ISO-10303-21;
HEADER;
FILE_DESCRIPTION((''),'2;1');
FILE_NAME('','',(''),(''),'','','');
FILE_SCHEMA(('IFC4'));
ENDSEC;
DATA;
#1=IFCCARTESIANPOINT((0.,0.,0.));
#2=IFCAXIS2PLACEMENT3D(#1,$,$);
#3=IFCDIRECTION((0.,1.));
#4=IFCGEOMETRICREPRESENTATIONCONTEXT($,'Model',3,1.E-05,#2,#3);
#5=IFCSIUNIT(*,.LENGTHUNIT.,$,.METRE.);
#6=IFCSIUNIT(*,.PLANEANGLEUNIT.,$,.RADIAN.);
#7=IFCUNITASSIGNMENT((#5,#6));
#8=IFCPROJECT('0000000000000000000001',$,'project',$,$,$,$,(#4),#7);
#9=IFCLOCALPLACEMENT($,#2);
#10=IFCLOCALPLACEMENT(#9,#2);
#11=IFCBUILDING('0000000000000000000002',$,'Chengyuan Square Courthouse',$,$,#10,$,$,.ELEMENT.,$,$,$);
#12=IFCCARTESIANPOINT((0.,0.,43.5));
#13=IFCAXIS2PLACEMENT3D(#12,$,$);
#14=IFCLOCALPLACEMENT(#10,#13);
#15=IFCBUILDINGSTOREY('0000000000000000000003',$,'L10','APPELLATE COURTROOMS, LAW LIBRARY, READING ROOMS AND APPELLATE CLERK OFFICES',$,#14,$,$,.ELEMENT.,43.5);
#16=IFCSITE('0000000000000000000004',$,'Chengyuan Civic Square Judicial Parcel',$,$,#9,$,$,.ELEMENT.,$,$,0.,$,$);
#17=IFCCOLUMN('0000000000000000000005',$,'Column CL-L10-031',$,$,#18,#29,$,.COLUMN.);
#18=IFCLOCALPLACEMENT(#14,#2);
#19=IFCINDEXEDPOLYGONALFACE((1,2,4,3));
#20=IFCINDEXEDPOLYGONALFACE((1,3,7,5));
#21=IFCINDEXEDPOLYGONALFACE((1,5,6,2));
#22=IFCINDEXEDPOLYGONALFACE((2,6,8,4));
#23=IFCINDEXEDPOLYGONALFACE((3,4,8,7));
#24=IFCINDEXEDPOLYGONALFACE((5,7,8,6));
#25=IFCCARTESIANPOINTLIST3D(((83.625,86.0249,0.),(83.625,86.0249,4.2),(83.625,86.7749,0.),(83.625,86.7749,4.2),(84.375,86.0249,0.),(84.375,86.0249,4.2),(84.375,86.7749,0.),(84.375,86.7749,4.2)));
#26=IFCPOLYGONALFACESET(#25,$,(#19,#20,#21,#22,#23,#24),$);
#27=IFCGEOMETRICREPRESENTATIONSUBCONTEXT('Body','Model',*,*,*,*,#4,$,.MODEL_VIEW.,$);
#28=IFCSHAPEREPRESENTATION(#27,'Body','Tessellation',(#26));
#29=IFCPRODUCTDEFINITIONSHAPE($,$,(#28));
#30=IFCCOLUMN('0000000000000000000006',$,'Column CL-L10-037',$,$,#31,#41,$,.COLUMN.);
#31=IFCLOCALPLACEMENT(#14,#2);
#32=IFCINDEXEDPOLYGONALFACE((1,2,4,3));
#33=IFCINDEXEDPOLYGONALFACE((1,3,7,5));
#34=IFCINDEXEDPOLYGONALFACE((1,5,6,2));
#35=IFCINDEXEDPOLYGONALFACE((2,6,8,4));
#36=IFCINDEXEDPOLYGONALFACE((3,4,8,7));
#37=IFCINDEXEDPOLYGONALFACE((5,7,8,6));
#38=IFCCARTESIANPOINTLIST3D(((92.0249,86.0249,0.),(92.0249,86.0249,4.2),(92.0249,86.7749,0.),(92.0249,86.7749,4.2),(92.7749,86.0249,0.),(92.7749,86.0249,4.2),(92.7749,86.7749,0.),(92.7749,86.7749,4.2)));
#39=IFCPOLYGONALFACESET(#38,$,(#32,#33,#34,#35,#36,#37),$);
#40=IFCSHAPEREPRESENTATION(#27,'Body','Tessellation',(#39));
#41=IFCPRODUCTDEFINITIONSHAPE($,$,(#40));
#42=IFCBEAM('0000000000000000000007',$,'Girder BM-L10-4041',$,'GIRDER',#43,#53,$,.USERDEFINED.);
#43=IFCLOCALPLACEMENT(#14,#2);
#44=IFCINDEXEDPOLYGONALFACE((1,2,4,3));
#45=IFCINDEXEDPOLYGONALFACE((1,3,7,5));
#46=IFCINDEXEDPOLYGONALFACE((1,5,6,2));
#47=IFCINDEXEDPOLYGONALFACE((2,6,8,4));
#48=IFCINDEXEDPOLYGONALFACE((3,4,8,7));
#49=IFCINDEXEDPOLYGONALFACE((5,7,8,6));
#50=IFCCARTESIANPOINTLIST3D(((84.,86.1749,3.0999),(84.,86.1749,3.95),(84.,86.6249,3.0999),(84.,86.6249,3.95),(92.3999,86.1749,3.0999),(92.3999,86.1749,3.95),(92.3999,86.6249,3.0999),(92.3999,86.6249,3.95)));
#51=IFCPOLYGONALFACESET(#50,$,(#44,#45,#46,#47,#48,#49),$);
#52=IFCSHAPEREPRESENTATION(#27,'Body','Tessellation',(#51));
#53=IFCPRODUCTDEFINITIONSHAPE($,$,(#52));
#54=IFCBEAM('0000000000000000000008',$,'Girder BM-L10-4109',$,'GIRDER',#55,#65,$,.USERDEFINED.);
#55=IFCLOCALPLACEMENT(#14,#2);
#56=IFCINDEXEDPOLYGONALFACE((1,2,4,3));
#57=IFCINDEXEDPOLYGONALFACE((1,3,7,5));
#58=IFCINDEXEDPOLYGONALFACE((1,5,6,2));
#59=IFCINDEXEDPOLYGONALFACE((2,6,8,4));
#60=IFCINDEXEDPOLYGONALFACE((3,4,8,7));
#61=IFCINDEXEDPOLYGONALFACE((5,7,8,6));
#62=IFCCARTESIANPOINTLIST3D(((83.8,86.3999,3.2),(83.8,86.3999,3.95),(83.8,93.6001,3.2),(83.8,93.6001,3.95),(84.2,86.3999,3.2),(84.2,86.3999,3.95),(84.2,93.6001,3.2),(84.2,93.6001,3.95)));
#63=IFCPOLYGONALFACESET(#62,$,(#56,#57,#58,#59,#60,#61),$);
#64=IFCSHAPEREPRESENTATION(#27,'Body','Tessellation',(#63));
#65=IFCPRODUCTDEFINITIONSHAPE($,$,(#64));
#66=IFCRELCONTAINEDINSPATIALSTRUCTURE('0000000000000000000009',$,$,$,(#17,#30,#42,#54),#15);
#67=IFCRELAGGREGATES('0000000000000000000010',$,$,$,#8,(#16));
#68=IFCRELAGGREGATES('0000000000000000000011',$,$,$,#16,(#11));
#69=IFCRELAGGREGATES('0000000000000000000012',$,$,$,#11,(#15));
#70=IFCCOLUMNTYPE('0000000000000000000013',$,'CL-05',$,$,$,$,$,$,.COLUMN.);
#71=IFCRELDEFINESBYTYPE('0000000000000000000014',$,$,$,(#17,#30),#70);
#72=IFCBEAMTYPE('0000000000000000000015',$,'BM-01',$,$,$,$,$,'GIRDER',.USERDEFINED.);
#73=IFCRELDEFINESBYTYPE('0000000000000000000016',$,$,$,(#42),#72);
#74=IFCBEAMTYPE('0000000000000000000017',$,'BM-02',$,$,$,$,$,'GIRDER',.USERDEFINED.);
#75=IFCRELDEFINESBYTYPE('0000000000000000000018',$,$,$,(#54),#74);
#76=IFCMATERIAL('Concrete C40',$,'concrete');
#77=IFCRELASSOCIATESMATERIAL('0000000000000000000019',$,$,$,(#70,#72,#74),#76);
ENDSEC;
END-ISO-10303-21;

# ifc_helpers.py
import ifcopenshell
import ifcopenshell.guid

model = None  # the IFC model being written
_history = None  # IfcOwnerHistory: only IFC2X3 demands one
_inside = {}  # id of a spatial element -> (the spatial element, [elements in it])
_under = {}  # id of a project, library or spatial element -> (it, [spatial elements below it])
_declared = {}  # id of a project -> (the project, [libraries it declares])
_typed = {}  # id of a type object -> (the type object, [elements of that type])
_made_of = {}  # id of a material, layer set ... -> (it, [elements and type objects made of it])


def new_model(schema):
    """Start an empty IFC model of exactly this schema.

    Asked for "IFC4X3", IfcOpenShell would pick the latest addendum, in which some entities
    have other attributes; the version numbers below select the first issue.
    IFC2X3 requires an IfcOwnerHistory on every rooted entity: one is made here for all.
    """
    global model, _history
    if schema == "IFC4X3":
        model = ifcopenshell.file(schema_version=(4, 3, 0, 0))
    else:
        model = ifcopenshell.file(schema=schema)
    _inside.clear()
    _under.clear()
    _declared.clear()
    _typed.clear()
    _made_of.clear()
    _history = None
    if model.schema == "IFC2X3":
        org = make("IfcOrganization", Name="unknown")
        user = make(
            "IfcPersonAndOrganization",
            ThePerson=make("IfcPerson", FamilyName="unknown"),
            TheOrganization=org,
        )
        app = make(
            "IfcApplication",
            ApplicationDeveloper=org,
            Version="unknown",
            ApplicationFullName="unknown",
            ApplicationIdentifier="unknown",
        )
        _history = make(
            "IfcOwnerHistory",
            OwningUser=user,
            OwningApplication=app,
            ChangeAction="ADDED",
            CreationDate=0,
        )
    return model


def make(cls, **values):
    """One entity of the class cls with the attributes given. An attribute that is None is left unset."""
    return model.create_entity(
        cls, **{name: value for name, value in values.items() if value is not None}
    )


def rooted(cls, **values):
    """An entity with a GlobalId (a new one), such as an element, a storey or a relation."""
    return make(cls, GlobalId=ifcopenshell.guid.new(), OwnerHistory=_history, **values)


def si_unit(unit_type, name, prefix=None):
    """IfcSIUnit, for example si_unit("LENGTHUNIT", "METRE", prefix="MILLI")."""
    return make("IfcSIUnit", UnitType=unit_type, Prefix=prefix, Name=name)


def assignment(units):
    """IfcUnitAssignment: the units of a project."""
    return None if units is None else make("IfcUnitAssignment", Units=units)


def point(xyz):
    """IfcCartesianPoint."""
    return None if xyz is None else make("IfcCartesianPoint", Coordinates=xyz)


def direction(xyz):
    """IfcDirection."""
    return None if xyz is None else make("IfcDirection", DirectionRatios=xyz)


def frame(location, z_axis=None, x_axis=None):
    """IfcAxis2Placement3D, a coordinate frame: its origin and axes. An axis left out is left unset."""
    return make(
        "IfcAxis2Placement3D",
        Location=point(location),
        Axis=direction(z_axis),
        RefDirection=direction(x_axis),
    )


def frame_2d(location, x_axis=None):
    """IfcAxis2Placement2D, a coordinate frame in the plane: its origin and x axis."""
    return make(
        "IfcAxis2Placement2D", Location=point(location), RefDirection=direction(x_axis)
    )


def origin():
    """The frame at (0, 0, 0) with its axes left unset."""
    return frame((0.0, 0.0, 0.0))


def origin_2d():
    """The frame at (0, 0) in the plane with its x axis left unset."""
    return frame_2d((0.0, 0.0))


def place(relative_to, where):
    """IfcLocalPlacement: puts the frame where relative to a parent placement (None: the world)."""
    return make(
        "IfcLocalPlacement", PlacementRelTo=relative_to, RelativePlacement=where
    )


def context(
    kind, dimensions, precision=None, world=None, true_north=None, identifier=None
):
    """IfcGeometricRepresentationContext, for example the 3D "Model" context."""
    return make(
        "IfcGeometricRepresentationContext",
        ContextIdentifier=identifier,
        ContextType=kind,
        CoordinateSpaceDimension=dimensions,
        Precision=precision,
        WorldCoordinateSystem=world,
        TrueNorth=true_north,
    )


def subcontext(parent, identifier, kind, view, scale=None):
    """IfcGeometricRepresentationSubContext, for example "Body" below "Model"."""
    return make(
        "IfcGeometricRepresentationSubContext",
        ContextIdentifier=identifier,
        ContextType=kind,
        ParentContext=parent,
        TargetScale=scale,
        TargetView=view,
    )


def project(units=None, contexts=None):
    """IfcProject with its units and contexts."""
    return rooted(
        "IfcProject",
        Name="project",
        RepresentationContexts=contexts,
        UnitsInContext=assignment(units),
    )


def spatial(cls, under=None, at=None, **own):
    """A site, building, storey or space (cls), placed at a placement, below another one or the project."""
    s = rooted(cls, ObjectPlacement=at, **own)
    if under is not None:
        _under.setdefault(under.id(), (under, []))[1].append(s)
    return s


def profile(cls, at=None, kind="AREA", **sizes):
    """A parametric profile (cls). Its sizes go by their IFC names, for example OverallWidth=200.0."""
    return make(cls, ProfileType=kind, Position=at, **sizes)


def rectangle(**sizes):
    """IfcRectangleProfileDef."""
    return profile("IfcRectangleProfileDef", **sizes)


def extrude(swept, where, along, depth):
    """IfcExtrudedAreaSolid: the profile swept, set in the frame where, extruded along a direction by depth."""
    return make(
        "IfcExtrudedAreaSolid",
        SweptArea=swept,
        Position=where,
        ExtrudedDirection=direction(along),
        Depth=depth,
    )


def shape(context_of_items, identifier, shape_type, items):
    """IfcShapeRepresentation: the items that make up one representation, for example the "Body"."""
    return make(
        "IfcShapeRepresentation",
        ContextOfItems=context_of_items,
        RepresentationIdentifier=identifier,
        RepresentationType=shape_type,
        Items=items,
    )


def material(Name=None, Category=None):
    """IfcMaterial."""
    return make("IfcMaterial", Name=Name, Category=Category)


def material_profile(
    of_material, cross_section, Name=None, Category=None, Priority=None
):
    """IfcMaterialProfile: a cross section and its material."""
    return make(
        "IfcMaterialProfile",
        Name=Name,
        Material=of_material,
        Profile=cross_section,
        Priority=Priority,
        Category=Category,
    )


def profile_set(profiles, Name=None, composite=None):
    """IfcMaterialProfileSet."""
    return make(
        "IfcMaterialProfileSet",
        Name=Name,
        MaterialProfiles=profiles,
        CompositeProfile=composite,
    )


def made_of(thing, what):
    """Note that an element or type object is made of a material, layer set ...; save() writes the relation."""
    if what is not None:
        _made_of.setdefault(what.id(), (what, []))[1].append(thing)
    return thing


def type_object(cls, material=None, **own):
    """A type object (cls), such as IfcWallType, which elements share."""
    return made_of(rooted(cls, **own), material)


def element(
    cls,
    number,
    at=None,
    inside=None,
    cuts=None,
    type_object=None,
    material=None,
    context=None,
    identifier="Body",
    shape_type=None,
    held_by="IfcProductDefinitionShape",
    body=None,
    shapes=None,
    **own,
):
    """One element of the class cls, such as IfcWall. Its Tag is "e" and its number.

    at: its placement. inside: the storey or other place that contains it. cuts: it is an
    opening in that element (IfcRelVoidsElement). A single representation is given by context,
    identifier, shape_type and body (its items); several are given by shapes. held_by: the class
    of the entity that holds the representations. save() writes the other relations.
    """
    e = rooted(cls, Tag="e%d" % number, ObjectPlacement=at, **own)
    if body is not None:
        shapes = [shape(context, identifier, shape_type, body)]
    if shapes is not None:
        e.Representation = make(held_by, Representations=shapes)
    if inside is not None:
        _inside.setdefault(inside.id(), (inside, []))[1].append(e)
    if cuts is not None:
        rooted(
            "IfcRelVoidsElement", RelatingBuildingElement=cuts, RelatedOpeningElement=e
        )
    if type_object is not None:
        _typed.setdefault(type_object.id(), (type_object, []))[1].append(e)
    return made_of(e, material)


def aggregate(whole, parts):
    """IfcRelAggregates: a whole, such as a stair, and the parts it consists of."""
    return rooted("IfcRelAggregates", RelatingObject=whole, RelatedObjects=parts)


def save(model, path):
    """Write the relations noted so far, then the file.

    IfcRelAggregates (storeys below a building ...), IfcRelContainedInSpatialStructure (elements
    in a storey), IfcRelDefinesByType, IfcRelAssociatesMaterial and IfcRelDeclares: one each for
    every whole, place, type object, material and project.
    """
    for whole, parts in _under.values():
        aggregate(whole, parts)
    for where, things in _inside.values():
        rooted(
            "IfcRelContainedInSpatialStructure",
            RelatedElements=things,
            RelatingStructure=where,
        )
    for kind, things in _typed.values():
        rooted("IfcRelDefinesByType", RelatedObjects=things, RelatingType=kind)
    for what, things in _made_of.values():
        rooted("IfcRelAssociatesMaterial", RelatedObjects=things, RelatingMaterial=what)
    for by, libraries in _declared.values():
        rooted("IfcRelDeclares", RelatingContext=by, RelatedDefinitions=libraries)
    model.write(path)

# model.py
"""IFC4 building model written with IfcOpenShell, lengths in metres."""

from ifc_helpers import new_model, si_unit, direction, frame, origin, origin_2d, place, context, subcontext, project, spatial, rectangle, extrude, material, material_profile, profile_set, type_object, element, save


model = new_model("IFC4")

# Units and contexts
model_context = context("Model", 3, precision=1e-05, world=origin(), true_north=direction((0.0, 1.0)))
body_context = subcontext(model_context, "Body", "Model", "MODEL_VIEW")
ifc_project = project(units=[si_unit("LENGTHUNIT", "METRE"), si_unit("PLANEANGLEUNIT", "RADIAN")], contexts=[model_context])

# Site, building, storey
site_placement = place(None, origin())
site = spatial("IfcSite", under=ifc_project, at=site_placement, Name="Chengyuan Civic Square Judicial Parcel", CompositionType="ELEMENT", RefElevation=0.0)
building_placement = place(site_placement, origin())
building = spatial("IfcBuilding", under=site, at=building_placement, Name="Chengyuan Square Courthouse", CompositionType="ELEMENT")
storey_placement = place(building_placement, frame((0.0, 0.0, 43.5)))
storey = spatial("IfcBuildingStorey", under=building, at=storey_placement, Name="L10", Description="APPELLATE COURTROOMS, LAW LIBRARY, READING ROOMS AND APPELLATE CLERK OFFICES", CompositionType="ELEMENT", Elevation=43.5)

# Columns
ifc_material_1 = material(Name="Concrete C40", Category="concrete")
ifc_material_profile_1 = material_profile(ifc_material_1, rectangle(XDim=0.75, YDim=0.75, at=origin_2d()), Name="RC-COL-750x750")
ifc_profile_set_1 = profile_set([ifc_material_profile_1], Name="Concrete C40")
column_type = type_object("IfcColumnType", Name="CL-05", PredefinedType="COLUMN", material=ifc_profile_set_1)
for number, where, z_axis, x_axis, name in (
    (1, (84.0, 86.3999, 0.0), (0.0, 0.0, 1.0), (1.0, 0.0, 0.0), "Column CL-L10-031"),
    (2, (92.3999, 86.3999, 0.0), (0.0, 0.0, 1.0), (1.0, 0.0, 0.0), "Column CL-L10-037"),
):
    element("IfcColumn", number, at=place(storey_placement, frame(where, z_axis=z_axis, x_axis=x_axis)), inside=storey, type_object=column_type, Name=name, PredefinedType="COLUMN", context=body_context, shape_type="SweptSolid", body=[
        extrude(rectangle(XDim=0.75, YDim=0.75, at=origin_2d()), origin(), (0.0, 0.0, 1.0), 4.2),
    ])

# Beams
ifc_material_profile_2 = material_profile(ifc_material_1, rectangle(XDim=0.45, YDim=0.8501, at=origin_2d()), Name="RC-BM-450x850")
ifc_profile_set_2 = profile_set([ifc_material_profile_2], Name="Concrete C40")
beam_type_1 = type_object("IfcBeamType", Name="BM-01", ElementType="GIRDER", PredefinedType="USERDEFINED", material=ifc_profile_set_2)
beam_1_placement = place(storey_placement, frame((84.0, 86.3999, 3.5249), z_axis=(1.0, 0.0, 0.0), x_axis=(0.0, 1.0, 0.0)))
element("IfcBeam", 3, at=beam_1_placement, inside=storey, type_object=beam_type_1, Name="Girder BM-L10-4041", ObjectType="GIRDER", PredefinedType="USERDEFINED", context=body_context, shape_type="SweptSolid", body=[
    extrude(rectangle(XDim=0.45, YDim=0.8501, at=origin_2d()), origin(), (0.0, 0.0, 1.0), 8.3999),
])
ifc_material_profile_3 = material_profile(ifc_material_1, rectangle(XDim=0.3999, YDim=0.75, at=origin_2d()), Name="RC-BM-400x750")
ifc_profile_set_3 = profile_set([ifc_material_profile_3], Name="Concrete C40")
beam_type_2 = type_object("IfcBeamType", Name="BM-02", ElementType="GIRDER", PredefinedType="USERDEFINED", material=ifc_profile_set_3)
beam_2_placement = place(storey_placement, frame((84.0, 86.3999, 3.575), z_axis=(0.0, 1.0, 0.0), x_axis=(-1.0, 0.0, 0.0)))
element("IfcBeam", 4, at=beam_2_placement, inside=storey, type_object=beam_type_2, Name="Girder BM-L10-4109", ObjectType="GIRDER", PredefinedType="USERDEFINED", context=body_context, shape_type="SweptSolid", body=[
    extrude(rectangle(XDim=0.3999, YDim=0.75, at=origin_2d()), origin(), (0.0, 0.0, 1.0), 7.2002),
])

save(model, "model.ifc")
